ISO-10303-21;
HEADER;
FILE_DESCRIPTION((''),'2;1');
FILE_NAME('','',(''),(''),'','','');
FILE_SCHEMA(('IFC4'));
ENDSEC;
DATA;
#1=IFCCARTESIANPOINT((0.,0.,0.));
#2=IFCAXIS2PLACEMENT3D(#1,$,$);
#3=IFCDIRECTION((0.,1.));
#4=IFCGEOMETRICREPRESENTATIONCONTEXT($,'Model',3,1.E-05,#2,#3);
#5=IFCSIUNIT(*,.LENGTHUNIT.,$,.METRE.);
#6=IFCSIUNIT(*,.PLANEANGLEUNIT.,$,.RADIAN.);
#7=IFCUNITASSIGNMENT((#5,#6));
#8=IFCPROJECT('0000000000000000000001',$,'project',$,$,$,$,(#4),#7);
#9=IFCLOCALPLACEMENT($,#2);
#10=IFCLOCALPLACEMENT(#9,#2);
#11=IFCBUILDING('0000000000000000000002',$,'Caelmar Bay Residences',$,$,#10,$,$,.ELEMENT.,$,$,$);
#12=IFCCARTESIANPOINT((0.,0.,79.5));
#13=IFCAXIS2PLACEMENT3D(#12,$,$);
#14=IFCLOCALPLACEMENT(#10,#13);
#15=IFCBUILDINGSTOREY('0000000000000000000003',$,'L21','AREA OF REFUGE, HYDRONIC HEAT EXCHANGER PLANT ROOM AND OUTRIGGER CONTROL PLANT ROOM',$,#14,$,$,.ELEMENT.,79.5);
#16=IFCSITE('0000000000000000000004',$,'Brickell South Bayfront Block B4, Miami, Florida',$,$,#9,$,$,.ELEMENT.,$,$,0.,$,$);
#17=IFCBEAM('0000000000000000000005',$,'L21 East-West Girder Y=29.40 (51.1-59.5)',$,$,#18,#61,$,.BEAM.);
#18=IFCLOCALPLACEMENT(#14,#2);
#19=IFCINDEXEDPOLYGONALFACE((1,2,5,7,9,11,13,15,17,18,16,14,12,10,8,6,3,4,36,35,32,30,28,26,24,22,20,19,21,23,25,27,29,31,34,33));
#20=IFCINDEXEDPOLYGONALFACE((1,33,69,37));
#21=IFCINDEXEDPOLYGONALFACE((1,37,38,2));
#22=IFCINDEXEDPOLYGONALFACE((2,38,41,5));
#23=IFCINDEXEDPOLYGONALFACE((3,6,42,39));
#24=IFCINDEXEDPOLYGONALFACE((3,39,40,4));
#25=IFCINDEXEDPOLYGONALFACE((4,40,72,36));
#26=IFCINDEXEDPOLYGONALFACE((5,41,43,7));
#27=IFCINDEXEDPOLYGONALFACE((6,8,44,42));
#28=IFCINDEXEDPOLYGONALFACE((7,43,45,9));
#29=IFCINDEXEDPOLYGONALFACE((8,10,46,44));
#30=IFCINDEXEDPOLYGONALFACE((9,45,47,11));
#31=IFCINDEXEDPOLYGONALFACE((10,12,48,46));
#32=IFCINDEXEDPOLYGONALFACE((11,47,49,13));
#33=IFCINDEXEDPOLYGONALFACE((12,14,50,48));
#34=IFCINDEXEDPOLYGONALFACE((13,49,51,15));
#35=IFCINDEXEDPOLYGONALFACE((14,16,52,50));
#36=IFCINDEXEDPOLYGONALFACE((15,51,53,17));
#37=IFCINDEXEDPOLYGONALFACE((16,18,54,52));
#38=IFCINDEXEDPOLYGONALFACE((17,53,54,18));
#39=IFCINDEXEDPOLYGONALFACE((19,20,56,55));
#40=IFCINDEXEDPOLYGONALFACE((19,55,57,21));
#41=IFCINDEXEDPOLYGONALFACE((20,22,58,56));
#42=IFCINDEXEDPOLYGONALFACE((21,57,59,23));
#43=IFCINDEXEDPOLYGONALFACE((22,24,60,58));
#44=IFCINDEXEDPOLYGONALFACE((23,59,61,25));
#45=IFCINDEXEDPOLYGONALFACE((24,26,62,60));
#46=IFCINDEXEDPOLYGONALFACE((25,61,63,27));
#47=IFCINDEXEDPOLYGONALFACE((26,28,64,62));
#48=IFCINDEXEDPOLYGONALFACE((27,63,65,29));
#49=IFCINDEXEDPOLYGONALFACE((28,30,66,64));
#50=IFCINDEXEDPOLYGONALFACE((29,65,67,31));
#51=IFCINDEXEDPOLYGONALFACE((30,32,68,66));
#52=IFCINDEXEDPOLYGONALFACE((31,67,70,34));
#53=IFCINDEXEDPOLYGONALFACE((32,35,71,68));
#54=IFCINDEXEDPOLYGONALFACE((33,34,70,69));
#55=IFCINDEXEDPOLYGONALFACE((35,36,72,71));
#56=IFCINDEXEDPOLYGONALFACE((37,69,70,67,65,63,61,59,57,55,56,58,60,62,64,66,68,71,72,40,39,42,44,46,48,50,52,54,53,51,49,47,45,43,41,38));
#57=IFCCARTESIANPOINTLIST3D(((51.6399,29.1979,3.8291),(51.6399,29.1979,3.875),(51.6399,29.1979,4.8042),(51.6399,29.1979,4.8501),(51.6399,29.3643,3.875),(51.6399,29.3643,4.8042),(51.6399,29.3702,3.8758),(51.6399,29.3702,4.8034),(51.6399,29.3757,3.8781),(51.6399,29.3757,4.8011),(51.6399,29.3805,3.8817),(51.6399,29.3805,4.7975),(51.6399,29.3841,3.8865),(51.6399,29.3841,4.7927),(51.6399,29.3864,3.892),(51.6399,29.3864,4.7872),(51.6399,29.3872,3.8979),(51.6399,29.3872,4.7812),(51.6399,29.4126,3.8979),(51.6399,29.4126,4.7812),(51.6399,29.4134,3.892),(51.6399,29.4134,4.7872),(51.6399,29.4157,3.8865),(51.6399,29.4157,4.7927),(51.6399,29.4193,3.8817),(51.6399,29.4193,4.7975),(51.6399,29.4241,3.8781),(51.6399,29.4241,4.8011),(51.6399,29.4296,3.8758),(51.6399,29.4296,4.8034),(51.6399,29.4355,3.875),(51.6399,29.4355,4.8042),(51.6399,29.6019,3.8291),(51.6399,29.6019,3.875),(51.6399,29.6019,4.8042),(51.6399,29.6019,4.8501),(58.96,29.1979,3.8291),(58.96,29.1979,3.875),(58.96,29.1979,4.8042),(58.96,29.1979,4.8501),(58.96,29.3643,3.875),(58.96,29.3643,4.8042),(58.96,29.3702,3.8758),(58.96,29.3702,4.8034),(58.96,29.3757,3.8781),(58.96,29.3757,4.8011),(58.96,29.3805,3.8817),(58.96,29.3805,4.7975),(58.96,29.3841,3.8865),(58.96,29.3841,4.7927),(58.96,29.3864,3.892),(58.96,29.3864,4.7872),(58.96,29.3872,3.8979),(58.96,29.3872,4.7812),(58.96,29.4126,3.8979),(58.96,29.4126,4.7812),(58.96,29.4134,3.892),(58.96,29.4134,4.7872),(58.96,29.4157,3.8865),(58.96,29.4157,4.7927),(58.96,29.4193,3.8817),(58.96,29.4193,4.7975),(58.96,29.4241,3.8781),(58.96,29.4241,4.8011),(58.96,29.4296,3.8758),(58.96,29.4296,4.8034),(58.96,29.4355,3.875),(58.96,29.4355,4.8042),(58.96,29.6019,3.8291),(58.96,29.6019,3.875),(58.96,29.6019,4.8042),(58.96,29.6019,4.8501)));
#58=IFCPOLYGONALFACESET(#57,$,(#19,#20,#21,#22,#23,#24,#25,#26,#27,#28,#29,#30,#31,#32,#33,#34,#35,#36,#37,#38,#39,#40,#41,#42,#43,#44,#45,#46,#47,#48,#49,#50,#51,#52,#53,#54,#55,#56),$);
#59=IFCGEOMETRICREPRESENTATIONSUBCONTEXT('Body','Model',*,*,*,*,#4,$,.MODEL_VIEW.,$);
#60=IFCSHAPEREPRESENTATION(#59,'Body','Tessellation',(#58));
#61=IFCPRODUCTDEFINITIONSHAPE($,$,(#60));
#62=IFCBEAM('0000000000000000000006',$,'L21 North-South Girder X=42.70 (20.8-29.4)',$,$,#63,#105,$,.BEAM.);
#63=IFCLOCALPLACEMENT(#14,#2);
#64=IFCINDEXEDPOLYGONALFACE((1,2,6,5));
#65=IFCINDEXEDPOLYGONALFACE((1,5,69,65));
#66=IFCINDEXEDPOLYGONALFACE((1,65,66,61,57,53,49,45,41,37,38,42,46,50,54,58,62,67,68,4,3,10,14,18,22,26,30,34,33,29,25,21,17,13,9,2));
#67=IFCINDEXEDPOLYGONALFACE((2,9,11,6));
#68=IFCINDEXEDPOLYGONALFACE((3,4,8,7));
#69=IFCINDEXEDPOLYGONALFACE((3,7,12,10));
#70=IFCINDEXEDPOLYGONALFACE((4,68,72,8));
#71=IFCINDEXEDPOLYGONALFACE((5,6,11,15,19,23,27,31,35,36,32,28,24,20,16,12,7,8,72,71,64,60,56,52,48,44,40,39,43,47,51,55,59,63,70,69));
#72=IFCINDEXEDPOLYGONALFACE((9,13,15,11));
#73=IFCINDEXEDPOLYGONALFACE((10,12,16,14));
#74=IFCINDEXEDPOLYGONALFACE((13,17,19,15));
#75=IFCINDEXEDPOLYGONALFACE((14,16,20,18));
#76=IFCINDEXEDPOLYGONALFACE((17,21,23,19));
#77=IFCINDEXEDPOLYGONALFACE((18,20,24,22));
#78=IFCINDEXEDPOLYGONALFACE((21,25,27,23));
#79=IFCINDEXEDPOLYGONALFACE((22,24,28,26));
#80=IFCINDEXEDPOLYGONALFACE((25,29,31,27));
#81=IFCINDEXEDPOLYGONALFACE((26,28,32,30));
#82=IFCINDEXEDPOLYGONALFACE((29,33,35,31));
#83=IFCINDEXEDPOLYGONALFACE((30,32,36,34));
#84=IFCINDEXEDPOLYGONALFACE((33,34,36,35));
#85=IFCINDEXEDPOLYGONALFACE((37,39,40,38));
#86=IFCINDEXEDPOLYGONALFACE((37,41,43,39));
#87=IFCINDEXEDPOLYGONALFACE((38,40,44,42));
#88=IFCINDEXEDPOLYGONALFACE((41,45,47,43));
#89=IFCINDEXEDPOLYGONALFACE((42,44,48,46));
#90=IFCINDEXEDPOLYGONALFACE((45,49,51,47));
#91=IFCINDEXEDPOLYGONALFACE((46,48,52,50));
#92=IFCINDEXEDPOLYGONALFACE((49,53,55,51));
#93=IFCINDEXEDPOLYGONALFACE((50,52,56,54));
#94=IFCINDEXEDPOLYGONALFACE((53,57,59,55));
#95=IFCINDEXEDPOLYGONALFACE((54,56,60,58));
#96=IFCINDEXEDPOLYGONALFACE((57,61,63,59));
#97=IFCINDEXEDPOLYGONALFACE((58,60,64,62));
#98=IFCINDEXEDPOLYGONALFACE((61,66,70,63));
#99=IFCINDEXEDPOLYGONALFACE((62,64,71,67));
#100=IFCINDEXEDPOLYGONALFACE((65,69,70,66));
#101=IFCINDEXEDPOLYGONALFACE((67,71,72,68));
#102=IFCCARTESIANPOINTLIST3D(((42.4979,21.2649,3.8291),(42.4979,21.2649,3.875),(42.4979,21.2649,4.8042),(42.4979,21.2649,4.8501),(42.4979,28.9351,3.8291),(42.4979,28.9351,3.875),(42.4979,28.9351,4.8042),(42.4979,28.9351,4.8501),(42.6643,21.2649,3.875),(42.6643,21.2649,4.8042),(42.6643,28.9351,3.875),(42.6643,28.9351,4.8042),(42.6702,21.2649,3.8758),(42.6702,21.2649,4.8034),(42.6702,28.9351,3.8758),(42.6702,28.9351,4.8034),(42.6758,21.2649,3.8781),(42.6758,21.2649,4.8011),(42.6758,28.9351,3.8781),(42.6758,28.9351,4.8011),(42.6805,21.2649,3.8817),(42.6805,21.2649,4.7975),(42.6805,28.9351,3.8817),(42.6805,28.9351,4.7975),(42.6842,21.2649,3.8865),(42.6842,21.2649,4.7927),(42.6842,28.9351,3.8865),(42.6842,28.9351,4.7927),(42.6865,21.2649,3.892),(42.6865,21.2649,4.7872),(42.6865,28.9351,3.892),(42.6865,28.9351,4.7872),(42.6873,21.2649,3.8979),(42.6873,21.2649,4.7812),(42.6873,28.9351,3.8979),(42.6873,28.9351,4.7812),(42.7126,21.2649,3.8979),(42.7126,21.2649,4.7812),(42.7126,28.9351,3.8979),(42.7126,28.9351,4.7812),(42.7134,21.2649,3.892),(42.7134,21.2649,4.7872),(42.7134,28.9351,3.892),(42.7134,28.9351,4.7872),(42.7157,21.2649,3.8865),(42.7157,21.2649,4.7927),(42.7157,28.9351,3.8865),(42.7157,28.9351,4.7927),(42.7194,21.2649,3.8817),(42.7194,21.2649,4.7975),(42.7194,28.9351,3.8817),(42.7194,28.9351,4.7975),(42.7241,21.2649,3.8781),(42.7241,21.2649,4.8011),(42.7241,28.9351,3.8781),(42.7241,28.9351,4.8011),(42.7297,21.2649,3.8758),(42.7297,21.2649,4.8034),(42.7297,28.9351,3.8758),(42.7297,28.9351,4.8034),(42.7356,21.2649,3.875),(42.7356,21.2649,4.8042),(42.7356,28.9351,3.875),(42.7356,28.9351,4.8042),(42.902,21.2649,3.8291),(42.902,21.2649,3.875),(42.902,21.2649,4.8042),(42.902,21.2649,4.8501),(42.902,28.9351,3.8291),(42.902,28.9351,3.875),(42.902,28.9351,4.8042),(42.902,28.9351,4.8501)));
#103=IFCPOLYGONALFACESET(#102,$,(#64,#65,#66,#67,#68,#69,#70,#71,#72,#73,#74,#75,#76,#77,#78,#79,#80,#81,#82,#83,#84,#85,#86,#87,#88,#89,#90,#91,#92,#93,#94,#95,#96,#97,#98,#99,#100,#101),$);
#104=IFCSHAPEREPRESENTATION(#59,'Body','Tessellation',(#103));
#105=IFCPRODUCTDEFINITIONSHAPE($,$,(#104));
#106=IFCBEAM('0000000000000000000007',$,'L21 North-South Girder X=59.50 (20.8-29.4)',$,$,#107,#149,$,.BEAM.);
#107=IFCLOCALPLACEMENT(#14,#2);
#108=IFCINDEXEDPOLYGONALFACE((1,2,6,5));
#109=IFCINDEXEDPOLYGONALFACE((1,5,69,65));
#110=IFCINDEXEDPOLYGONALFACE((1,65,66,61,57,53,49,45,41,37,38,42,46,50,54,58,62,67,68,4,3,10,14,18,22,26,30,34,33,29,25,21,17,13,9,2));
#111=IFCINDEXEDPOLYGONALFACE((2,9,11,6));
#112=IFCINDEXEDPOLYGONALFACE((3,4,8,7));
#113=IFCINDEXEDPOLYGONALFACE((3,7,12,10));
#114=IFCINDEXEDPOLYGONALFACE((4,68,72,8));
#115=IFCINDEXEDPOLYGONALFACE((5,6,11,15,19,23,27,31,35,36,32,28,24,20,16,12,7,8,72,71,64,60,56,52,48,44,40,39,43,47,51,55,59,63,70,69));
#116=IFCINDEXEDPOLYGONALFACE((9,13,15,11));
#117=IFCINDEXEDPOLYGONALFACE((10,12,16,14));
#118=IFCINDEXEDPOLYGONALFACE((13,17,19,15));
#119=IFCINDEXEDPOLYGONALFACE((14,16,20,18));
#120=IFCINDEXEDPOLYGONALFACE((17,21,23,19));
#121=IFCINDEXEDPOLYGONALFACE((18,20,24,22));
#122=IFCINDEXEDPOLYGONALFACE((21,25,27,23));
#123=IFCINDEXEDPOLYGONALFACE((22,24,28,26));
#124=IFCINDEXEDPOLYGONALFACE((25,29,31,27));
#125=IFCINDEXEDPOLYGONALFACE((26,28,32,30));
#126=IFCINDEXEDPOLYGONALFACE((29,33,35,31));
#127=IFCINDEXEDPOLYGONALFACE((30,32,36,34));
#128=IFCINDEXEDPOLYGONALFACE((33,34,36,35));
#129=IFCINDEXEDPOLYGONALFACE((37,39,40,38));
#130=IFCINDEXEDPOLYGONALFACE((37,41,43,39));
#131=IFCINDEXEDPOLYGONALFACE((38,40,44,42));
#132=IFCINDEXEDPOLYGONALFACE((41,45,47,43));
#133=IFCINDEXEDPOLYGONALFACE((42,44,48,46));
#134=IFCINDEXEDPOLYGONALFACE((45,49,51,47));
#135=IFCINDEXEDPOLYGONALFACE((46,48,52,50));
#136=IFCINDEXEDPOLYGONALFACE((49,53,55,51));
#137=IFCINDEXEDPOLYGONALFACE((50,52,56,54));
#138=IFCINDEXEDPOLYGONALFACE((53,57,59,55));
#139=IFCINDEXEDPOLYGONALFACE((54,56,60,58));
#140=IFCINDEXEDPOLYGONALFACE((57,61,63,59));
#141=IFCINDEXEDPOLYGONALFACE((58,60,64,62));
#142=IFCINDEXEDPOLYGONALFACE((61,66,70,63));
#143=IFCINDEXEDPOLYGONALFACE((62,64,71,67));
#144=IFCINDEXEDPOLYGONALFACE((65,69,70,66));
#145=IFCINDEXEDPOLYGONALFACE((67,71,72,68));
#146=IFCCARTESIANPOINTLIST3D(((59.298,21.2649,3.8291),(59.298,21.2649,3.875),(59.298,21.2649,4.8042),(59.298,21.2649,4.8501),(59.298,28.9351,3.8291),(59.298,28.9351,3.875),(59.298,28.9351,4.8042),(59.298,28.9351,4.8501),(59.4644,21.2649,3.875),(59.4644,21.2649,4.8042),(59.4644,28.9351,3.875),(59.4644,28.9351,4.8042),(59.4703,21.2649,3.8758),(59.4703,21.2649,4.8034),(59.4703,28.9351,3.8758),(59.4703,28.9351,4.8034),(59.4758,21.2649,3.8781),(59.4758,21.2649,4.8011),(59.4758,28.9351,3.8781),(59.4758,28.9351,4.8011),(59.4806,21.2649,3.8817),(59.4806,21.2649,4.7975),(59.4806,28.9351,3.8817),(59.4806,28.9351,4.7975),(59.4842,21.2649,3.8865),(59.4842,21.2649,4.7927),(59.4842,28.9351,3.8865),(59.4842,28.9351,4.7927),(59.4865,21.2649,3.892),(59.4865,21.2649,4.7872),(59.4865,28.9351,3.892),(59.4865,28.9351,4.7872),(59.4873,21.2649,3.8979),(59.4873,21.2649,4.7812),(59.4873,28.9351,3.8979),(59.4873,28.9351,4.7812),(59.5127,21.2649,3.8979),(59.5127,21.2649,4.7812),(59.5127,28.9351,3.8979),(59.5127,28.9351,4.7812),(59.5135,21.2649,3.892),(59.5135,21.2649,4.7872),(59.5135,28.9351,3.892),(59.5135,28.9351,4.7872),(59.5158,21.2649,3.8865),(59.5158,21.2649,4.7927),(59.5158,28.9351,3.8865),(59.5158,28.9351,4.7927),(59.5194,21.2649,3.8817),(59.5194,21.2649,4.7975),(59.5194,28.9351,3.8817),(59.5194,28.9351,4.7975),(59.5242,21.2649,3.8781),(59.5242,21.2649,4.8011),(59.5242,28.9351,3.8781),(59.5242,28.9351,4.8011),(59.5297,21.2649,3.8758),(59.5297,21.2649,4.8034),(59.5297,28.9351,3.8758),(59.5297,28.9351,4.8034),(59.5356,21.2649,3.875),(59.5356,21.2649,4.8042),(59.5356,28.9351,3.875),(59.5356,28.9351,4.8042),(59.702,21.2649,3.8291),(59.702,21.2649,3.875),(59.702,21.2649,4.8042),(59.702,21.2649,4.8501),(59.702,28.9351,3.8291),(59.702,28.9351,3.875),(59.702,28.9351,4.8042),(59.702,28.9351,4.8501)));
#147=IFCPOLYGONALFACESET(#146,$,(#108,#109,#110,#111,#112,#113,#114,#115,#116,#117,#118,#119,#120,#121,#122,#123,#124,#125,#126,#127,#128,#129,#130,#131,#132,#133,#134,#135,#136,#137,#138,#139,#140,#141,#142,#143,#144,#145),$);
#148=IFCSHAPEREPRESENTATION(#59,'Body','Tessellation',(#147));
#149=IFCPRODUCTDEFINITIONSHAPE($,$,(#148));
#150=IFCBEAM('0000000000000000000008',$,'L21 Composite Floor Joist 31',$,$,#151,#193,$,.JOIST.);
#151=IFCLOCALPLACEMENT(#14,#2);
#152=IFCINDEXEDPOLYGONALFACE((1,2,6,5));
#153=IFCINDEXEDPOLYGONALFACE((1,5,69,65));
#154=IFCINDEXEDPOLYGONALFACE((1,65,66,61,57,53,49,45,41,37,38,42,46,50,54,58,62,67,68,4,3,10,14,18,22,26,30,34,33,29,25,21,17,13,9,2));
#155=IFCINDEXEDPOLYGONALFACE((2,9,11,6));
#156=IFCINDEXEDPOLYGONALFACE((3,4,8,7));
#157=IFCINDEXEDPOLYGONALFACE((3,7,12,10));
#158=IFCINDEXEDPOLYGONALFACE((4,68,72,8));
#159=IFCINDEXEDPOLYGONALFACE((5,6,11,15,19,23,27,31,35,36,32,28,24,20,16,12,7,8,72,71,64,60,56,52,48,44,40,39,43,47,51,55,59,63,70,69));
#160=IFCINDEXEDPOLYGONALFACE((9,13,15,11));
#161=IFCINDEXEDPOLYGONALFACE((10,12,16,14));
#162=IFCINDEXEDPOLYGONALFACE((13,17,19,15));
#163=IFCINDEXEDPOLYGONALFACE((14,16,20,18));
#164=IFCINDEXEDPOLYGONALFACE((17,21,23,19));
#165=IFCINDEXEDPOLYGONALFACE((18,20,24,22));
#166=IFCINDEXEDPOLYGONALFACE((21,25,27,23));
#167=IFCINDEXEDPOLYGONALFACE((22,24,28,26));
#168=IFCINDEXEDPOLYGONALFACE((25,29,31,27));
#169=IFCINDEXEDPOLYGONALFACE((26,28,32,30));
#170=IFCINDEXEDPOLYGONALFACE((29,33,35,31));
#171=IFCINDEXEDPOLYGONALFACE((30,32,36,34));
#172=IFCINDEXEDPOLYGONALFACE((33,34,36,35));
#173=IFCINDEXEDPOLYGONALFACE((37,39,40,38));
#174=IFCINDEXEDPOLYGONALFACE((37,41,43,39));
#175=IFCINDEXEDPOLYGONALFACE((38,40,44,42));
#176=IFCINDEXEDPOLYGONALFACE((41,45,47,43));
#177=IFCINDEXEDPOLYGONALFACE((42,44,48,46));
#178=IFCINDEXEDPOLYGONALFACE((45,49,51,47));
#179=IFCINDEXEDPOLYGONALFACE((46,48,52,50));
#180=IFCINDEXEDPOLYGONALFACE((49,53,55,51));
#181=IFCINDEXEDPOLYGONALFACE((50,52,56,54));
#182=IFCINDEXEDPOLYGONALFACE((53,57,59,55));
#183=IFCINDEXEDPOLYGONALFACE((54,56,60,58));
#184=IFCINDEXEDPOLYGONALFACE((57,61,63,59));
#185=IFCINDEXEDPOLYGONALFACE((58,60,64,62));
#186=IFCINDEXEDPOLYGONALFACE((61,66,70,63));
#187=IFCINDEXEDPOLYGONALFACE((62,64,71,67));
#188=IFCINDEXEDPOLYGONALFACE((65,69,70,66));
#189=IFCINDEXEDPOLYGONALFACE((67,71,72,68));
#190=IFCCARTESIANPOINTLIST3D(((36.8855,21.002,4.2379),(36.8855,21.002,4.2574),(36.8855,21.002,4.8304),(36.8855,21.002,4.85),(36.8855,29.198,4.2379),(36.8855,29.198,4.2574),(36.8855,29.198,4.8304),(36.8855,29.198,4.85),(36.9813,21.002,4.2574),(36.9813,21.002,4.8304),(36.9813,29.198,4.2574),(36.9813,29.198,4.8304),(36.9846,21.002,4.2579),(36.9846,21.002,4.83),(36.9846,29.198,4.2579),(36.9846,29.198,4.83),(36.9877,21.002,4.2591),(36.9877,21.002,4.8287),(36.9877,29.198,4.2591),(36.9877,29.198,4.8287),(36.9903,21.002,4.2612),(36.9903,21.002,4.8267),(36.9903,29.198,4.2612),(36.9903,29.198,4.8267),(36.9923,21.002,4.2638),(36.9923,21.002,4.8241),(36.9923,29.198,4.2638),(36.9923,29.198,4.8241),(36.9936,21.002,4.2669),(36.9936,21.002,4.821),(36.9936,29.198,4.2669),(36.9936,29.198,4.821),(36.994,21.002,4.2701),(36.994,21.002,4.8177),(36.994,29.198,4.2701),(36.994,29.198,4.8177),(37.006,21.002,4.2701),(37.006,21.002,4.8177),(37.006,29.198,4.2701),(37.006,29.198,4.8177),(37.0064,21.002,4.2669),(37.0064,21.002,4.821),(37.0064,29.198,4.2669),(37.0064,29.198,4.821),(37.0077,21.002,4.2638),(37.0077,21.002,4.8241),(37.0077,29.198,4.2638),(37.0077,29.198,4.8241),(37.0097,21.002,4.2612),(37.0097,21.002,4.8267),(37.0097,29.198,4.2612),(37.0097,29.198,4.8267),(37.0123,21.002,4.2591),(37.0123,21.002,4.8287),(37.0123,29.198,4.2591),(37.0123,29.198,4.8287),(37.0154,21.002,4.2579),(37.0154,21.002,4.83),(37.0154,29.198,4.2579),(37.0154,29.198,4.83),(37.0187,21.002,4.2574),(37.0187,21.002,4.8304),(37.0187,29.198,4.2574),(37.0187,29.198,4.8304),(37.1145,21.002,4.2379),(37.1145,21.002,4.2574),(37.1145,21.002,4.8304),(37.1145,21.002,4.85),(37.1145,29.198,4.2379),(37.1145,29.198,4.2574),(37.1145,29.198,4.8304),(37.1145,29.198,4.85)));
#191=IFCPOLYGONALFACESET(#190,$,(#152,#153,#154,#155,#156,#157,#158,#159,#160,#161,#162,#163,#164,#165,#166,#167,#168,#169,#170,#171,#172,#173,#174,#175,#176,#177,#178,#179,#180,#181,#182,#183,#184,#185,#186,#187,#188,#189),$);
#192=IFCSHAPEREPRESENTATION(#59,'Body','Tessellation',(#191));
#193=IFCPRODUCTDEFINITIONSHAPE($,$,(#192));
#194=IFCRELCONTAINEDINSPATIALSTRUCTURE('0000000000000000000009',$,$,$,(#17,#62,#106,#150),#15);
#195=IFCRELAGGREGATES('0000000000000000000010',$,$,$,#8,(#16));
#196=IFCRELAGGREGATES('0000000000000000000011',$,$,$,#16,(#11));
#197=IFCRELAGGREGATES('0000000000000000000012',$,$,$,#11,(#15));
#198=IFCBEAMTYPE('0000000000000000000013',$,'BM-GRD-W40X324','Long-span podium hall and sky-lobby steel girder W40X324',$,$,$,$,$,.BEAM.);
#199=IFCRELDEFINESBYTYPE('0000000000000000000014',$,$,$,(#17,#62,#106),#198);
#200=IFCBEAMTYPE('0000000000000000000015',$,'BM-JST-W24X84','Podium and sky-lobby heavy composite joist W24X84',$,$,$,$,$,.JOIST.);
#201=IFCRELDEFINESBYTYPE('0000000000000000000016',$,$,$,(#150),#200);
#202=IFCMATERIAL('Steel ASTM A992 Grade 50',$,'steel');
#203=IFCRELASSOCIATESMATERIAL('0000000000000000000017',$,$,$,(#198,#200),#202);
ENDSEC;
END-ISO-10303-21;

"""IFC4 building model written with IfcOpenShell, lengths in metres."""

from ifc_helpers import new_model, si_unit, direction, frame, origin, origin_2d, place, context, subcontext, project, spatial, i_section, extrude, material, material_profile, profile_set, type_object, element, save


model = new_model("IFC4")

# Units and contexts
model_context = context("Model", 3, precision=1e-05, world=origin(), true_north=direction((0.0, 1.0)))
body_context = subcontext(model_context, "Body", "Model", "MODEL_VIEW")
ifc_project = project(units=[si_unit("LENGTHUNIT", "METRE"), si_unit("PLANEANGLEUNIT", "RADIAN")], contexts=[model_context])

# Site, building, storey
site_placement = place(None, origin())
site = spatial("IfcSite", under=ifc_project, at=site_placement, Name="Brickell South Bayfront Block B4, Miami, Florida", CompositionType="ELEMENT", RefElevation=0.0)
building_placement = place(site_placement, origin())
building = spatial("IfcBuilding", under=site, at=building_placement, Name="Caelmar Bay Residences", CompositionType="ELEMENT")
storey_placement = place(building_placement, frame((0.0, 0.0, 79.5)))
storey = spatial("IfcBuildingStorey", under=building, at=storey_placement, Name="L21", Description="AREA OF REFUGE, HYDRONIC HEAT EXCHANGER PLANT ROOM AND OUTRIGGER CONTROL PLANT ROOM", CompositionType="ELEMENT", Elevation=79.5)

# Beams
ifc_material_1 = material(Name="Steel ASTM A992 Grade 50", Category="steel")
ifc_material_profile_1 = material_profile(ifc_material_1, i_section(OverallWidth=0.4041, OverallDepth=1.021, WebThickness=0.0254, FlangeThickness=0.0459, FilletRadius=0.0229, at=origin_2d()), Name="W40X324")
ifc_profile_set_1 = profile_set([ifc_material_profile_1], Name="Steel ASTM A992 Grade 50")
beam_type_1 = type_object("IfcBeamType", Name="BM-GRD-W40X324", Description="Long-span podium hall and sky-lobby steel girder W40X324", PredefinedType="BEAM", material=ifc_profile_set_1)
for number, where, z_axis, x_axis, name in (
    (1, (51.6399, 29.3999, 4.3396), (1.0, 0.0, 0.0), (0.0, 1.0, 0.0), "L21 East-West Girder Y=29.40 (51.1-59.5)"),
):
    element("IfcBeam", number, at=place(storey_placement, frame(where, z_axis=z_axis, x_axis=x_axis)), inside=storey, type_object=beam_type_1, Name=name, PredefinedType="BEAM", context=body_context, shape_type="SweptSolid", body=[
        extrude(i_section(OverallWidth=0.4041, OverallDepth=1.021, WebThickness=0.0254, FlangeThickness=0.0459, FilletRadius=0.0229, at=origin_2d()), origin(), (0.0, 0.0, 1.0), 7.3201),
    ])
for number, where, z_axis, x_axis, name in (
    (2, (42.7, 21.2649, 4.3396), (0.0, 1.0, 0.0), (-1.0, 0.0, 0.0), "L21 North-South Girder X=42.70 (20.8-29.4)"),
    (3, (59.5, 21.2649, 4.3396), (0.0, 1.0, 0.0), (-1.0, 0.0, 0.0), "L21 North-South Girder X=59.50 (20.8-29.4)"),
):
    element("IfcBeam", number, at=place(storey_placement, frame(where, z_axis=z_axis, x_axis=x_axis)), inside=storey, type_object=beam_type_1, Name=name, PredefinedType="BEAM", context=body_context, shape_type="SweptSolid", body=[
        extrude(i_section(OverallWidth=0.4041, OverallDepth=1.021, WebThickness=0.0254, FlangeThickness=0.0459, FilletRadius=0.0229, at=origin_2d()), origin(), (0.0, 0.0, 1.0), 7.6702),
    ])
ifc_material_profile_2 = material_profile(ifc_material_1, i_section(OverallWidth=0.229, OverallDepth=0.6121, WebThickness=0.012, FlangeThickness=0.0195, FilletRadius=0.0127, at=origin_2d()), Name="W24X84")
ifc_profile_set_2 = profile_set([ifc_material_profile_2], Name="Steel ASTM A992 Grade 50")
beam_type_2 = type_object("IfcBeamType", Name="BM-JST-W24X84", Description="Podium and sky-lobby heavy composite joist W24X84", PredefinedType="JOIST", material=ifc_profile_set_2)
for number, where, z_axis, x_axis, name in (
    (4, (37.0, 21.002, 4.5439), (0.0, 1.0, 0.0), (-1.0, 0.0, 0.0), "L21 Composite Floor Joist 31"),
):
    element("IfcBeam", number, at=place(storey_placement, frame(where, z_axis=z_axis, x_axis=x_axis)), inside=storey, type_object=beam_type_2, Name=name, PredefinedType="JOIST", context=body_context, shape_type="SweptSolid", body=[
        extrude(i_section(OverallWidth=0.229, OverallDepth=0.6121, WebThickness=0.012, FlangeThickness=0.0195, FilletRadius=0.0127, at=origin_2d()), origin(), (0.0, 0.0, 1.0), 8.196),
    ])

save(model, "model.ifc")
